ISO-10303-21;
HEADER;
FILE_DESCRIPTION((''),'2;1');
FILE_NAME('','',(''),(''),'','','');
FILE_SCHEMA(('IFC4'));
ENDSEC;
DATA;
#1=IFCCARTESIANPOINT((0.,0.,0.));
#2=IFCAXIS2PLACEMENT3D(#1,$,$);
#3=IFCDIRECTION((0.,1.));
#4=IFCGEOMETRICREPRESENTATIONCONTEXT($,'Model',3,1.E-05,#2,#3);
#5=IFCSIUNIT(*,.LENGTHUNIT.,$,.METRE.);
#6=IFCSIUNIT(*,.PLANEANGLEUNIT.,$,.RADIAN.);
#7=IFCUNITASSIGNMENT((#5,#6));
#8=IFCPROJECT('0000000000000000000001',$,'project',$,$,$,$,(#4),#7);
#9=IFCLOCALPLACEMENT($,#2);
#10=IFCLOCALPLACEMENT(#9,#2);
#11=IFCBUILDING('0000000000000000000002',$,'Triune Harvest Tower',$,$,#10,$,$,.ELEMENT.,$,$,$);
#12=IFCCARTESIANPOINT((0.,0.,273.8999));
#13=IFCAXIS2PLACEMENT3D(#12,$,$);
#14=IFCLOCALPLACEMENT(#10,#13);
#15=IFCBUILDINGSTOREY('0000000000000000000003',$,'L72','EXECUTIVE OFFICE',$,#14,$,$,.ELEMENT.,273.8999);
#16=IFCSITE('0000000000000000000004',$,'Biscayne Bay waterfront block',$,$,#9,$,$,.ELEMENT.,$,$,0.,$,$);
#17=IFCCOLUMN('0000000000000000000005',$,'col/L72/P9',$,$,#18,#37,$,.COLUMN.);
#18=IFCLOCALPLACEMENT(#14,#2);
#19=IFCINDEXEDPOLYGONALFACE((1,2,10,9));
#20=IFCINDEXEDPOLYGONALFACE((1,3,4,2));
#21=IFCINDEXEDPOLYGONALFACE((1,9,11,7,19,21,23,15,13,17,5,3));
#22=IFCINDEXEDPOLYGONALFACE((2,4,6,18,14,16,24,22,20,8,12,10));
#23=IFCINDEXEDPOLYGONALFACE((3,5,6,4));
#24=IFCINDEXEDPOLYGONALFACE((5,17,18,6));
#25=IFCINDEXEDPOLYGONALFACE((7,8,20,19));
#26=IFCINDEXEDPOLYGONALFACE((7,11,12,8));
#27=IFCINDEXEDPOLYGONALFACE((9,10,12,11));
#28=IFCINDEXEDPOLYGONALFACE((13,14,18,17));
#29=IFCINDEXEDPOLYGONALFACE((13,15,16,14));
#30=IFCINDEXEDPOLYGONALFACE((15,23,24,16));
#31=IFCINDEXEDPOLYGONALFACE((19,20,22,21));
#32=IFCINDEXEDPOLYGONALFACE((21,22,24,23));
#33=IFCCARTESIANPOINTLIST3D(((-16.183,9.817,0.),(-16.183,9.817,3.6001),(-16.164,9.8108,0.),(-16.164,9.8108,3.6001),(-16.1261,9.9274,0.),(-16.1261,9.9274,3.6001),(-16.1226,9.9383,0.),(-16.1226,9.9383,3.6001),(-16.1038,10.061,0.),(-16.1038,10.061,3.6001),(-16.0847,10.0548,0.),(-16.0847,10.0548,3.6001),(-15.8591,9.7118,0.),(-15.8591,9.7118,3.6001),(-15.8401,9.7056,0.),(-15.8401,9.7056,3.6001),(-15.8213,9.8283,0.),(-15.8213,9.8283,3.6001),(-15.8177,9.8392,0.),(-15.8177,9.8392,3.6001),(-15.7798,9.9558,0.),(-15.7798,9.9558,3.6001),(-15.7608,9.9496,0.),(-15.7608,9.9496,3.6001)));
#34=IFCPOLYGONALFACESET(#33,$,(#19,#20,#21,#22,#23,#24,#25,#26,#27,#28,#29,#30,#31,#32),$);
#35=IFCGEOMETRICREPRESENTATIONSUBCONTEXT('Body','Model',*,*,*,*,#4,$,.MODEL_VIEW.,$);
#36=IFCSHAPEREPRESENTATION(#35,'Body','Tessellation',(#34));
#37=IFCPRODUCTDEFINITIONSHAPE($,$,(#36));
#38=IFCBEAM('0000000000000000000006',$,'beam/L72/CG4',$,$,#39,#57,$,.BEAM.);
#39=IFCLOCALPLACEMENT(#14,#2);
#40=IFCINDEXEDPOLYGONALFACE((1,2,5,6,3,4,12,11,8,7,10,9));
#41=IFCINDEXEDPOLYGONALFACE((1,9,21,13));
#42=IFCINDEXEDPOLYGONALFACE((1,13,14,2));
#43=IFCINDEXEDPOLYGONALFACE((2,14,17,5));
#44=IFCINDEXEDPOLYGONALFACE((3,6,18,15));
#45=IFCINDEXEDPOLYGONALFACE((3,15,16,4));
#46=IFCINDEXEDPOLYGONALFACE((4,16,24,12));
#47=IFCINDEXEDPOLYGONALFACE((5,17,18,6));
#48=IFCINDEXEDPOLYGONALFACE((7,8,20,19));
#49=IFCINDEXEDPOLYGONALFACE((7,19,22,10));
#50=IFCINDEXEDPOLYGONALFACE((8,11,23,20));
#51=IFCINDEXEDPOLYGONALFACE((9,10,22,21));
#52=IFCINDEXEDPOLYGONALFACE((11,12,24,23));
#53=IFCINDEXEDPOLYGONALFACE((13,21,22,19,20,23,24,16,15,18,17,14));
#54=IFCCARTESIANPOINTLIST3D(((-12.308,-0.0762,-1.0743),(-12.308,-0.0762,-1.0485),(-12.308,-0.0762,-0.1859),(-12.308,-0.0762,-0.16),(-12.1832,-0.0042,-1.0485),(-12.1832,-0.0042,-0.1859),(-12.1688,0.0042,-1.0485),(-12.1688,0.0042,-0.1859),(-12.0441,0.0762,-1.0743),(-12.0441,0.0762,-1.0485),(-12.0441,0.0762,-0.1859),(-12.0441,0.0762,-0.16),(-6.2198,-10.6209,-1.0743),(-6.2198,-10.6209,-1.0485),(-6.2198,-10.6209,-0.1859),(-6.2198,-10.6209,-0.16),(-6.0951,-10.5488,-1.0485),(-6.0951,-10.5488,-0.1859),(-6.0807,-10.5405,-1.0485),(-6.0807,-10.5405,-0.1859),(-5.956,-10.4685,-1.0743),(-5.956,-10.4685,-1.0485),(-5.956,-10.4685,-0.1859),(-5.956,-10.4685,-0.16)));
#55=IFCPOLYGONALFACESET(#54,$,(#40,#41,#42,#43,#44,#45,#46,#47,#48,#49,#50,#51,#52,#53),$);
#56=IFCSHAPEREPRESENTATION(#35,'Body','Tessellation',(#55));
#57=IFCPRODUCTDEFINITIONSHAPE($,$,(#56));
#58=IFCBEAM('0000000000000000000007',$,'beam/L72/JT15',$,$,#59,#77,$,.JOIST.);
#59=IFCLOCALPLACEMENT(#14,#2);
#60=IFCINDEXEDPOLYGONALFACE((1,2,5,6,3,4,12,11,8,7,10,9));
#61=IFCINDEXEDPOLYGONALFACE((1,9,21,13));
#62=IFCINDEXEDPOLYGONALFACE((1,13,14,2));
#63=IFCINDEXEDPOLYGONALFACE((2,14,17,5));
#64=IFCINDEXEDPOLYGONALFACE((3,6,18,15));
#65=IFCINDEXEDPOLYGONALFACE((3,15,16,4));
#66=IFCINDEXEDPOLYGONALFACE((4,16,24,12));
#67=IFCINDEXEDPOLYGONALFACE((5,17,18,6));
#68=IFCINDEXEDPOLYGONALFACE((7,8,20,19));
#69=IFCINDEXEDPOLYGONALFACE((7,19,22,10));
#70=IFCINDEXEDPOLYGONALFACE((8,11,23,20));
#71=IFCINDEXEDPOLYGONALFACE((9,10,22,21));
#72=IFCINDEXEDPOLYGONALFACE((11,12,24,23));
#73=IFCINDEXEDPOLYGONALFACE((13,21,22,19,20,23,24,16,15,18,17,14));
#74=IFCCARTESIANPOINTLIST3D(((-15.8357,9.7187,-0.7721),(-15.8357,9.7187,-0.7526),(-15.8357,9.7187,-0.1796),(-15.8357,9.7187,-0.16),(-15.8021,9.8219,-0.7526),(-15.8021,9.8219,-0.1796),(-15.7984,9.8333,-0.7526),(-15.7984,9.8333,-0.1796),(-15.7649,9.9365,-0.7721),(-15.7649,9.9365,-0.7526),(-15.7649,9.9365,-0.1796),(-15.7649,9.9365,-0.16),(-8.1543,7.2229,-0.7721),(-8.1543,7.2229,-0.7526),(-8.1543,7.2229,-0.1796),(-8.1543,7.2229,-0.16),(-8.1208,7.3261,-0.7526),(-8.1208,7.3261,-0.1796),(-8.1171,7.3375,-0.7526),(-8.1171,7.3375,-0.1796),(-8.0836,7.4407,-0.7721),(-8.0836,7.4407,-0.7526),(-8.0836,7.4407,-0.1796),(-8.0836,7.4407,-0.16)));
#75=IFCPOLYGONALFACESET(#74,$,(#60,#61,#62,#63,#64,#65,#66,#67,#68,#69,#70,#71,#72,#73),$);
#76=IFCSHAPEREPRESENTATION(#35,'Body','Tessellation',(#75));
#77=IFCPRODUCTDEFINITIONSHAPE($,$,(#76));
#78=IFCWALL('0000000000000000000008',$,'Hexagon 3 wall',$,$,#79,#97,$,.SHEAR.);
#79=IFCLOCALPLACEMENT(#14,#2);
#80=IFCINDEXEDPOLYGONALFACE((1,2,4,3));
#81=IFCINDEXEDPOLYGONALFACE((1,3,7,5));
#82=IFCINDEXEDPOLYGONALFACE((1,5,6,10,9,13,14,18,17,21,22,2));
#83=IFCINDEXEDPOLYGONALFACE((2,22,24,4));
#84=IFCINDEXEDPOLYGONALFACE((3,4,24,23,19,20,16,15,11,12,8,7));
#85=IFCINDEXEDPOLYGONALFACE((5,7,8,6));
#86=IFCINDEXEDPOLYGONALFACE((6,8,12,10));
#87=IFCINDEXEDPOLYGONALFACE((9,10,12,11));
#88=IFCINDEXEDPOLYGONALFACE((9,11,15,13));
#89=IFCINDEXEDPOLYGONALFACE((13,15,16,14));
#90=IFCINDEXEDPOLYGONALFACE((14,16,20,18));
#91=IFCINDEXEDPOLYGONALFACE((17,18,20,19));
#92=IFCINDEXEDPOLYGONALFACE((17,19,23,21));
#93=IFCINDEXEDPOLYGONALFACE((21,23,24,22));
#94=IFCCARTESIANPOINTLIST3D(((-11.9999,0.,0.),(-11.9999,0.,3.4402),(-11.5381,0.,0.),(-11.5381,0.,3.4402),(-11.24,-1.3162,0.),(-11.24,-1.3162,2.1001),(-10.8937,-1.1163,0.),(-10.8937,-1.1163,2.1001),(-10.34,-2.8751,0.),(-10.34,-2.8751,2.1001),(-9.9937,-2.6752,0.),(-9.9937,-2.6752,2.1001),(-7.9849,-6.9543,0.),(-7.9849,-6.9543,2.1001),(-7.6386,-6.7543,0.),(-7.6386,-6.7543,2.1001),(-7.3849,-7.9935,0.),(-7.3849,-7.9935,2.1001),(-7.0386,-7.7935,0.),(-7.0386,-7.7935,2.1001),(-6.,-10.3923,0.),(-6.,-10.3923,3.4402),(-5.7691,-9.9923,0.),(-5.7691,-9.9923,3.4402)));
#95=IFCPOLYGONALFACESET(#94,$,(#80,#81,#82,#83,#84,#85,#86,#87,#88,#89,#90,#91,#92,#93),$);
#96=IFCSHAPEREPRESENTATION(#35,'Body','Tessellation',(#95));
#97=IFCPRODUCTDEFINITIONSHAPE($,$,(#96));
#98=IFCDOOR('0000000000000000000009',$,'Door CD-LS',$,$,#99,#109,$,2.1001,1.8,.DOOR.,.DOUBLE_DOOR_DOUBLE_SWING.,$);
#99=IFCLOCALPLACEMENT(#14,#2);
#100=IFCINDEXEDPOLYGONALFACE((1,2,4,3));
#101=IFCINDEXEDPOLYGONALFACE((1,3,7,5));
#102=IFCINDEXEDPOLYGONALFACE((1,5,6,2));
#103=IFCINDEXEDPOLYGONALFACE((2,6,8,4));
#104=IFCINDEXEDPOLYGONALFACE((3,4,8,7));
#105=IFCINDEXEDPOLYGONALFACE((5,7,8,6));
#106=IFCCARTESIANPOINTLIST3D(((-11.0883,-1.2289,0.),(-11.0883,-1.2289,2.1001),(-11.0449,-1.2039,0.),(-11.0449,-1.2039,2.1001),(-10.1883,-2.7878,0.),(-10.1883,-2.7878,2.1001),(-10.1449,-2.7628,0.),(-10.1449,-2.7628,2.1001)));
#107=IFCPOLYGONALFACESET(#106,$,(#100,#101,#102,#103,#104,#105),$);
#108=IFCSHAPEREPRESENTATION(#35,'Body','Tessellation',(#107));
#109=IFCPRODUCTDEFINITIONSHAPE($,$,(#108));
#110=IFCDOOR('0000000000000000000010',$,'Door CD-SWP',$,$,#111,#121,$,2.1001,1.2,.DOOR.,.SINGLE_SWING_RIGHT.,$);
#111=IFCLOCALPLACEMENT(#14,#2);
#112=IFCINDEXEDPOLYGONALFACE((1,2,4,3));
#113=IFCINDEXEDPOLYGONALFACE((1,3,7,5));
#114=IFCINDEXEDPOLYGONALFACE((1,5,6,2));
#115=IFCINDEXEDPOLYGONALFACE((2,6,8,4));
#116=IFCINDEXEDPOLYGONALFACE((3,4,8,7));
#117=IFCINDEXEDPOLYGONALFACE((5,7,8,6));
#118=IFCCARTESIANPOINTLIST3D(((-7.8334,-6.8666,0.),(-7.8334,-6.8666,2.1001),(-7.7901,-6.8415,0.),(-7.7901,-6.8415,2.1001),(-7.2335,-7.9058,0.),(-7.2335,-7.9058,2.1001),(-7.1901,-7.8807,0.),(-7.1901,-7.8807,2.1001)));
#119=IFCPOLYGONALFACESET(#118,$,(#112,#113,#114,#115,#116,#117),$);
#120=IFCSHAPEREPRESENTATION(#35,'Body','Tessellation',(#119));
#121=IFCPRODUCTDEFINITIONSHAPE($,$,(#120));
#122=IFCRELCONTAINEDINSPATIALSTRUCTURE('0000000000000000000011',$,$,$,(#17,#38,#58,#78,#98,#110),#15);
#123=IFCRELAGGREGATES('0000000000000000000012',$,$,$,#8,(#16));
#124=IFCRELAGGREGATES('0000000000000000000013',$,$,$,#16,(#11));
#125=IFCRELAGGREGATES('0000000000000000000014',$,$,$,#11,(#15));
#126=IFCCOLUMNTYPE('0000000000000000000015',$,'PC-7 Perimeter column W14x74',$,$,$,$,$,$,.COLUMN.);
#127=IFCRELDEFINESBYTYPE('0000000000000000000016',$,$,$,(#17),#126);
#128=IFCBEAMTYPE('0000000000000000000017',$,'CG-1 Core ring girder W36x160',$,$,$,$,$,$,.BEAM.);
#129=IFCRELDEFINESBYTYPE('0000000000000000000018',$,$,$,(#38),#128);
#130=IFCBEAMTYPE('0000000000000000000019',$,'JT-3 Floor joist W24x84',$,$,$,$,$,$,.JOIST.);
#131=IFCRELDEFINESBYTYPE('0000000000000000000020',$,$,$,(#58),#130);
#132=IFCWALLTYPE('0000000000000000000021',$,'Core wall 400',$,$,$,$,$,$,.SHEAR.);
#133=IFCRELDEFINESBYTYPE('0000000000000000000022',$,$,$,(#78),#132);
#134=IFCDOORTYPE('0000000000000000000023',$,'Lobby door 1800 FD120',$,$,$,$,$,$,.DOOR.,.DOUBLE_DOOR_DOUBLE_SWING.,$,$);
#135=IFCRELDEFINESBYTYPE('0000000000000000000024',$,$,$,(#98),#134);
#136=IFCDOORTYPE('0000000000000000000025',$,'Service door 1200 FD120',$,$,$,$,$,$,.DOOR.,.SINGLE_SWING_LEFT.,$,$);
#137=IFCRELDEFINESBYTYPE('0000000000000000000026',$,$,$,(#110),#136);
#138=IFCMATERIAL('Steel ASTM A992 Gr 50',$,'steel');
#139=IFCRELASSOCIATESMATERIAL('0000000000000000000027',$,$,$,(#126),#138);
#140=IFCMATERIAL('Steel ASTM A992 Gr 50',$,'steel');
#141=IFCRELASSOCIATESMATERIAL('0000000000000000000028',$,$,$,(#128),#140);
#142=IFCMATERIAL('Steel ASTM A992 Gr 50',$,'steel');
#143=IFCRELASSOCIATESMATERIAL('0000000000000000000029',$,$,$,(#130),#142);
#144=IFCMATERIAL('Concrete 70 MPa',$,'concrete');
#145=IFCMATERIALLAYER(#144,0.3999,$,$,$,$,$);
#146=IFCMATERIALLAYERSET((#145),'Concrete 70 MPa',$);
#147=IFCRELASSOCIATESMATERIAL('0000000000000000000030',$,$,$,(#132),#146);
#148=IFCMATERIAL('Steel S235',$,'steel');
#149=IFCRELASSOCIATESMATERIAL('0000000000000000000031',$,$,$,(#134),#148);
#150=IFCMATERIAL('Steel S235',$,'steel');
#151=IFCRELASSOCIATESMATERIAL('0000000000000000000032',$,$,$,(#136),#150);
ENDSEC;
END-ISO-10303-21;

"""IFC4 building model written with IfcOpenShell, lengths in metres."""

from ifc_helpers import new_model, si_unit, direction, frame, frame_2d, origin, origin_2d, place, context, subcontext, project, spatial, polyline, rectangle, i_section, outline, extrude, source, transform, mapped, material, layer, layer_set, material_profile, profile_set, type_object, element, fill, save


model = new_model("IFC4")

# Units and contexts
model_context = context("Model", 3, precision=1e-05, world=origin(), true_north=direction((0.0, 1.0)))
body_context = subcontext(model_context, "Body", "Model", "MODEL_VIEW")
ifc_project = project(units=[si_unit("LENGTHUNIT", "METRE"), si_unit("PLANEANGLEUNIT", "RADIAN")], contexts=[model_context])

# Site, building, storey
site_placement = place(None, origin())
site = spatial("IfcSite", under=ifc_project, at=site_placement, Name="Biscayne Bay waterfront block", CompositionType="ELEMENT", RefElevation=0.0)
building_placement = place(site_placement, origin())
building = spatial("IfcBuilding", under=site, at=building_placement, Name="Triune Harvest Tower", CompositionType="ELEMENT")
storey_placement = place(building_placement, frame((0.0, 0.0, 273.8999)))
storey = spatial("IfcBuildingStorey", under=building, at=storey_placement, Name="L72", Description="EXECUTIVE OFFICE", CompositionType="ELEMENT", Elevation=273.8999)

# Column
ifc_material_1 = material(Name="Steel ASTM A992 Gr 50", Category="steel")
ifc_material_profile_1 = material_profile(ifc_material_1, i_section(OverallWidth=0.2566, OverallDepth=0.3606, WebThickness=0.0115, FlangeThickness=0.02, at=origin_2d()), Name="W14x74")
ifc_profile_set_1 = profile_set([ifc_material_profile_1], Name="Steel ASTM A992 Gr 50")
column_type = type_object("IfcColumnType", Name="PC-7 Perimeter column W14x74", PredefinedType="COLUMN", material=ifc_profile_set_1)
shared_shape_1 = source(origin(), body_context, "Body", "SweptSolid", [
    extrude(i_section(OverallWidth=0.2566, OverallDepth=0.3606, WebThickness=0.0115, FlangeThickness=0.02, at=origin_2d()), origin(), (0.0, 0.0, 1.0), 3.6001),
])
column_placement = place(storey_placement, frame((-15.9719, 9.8833, 0.0), z_axis=(0.0, 0.0, 1.0), x_axis=(-0.309015, -0.951057, 0.0)))
element("IfcColumn", 1, at=column_placement, inside=storey, type_object=column_type, Name="col/L72/P9", PredefinedType="COLUMN", context=body_context, shape_type="MappedRepresentation", body=[
    mapped(shared_shape_1, transform((0.0, 0.0, 0.0), scale=1.0)),
])

# Beams
ifc_material_2 = material(Name="Steel ASTM A992 Gr 50", Category="steel")
ifc_material_profile_2 = material_profile(ifc_material_2, i_section(OverallWidth=0.3047, OverallDepth=0.9143, WebThickness=0.0166, FlangeThickness=0.0259, at=origin_2d()), Name="W36x160")
ifc_profile_set_2 = profile_set([ifc_material_profile_2], Name="Steel ASTM A992 Gr 50")
beam_type_1 = type_object("IfcBeamType", Name="CG-1 Core ring girder W36x160", PredefinedType="BEAM", material=ifc_profile_set_2)
shared_shape_2 = source(origin(), body_context, "Body", "SweptSolid", [
    extrude(i_section(OverallWidth=0.3047, OverallDepth=0.9143, WebThickness=0.0166, FlangeThickness=0.0259, at=origin_2d()), origin(), (0.0, 0.0, 1.0), 12.176),
])
beam_1_placement = place(storey_placement, frame((-12.176, 0.0, -0.6172), z_axis=(0.50001, -0.86602, 0.0), x_axis=(0.86602, 0.50001, 0.0)))
element("IfcBeam", 2, at=beam_1_placement, inside=storey, type_object=beam_type_1, Name="beam/L72/CG4", PredefinedType="BEAM", context=body_context, shape_type="MappedRepresentation", body=[
    mapped(shared_shape_2, transform((0.0, 0.0, 0.0), scale=1.0)),
])
ifc_material_3 = material(Name="Steel ASTM A992 Gr 50", Category="steel")
ifc_material_profile_3 = material_profile(ifc_material_3, i_section(OverallWidth=0.229, OverallDepth=0.6121, WebThickness=0.012, FlangeThickness=0.0195, at=origin_2d()), Name="W24x84")
ifc_profile_set_3 = profile_set([ifc_material_profile_3], Name="Steel ASTM A992 Gr 50")
beam_type_2 = type_object("IfcBeamType", Name="JT-3 Floor joist W24x84", PredefinedType="JOIST", material=ifc_profile_set_3)
shared_shape_3 = source(origin(), body_context, "Body", "SweptSolid", [
    extrude(i_section(OverallWidth=0.229, OverallDepth=0.6121, WebThickness=0.012, FlangeThickness=0.0195, at=origin_2d()), origin(), (0.0, 0.0, 1.0), 8.0767),
])
beam_2_placement = place(storey_placement, frame((-15.8003, 9.8276, -0.4661), z_axis=(0.951056, -0.309018, 0.0), x_axis=(0.309018, 0.951056, 0.0)))
element("IfcBeam", 3, at=beam_2_placement, inside=storey, type_object=beam_type_2, Name="beam/L72/JT15", PredefinedType="JOIST", context=body_context, shape_type="MappedRepresentation", body=[
    mapped(shared_shape_3, transform((0.0, 0.0, 0.0), scale=1.0)),
])

# Wall, openings, doors
ifc_material_4 = material(Name="Concrete 70 MPa", Category="concrete")
ifc_layer_1 = layer(ifc_material_4, 0.3999)
ifc_layer_set_1 = layer_set([ifc_layer_1], Name="Concrete 70 MPa")
wall_type_1 = type_object("IfcWallType", Name="Core wall 400", PredefinedType="SHEAR", material=ifc_layer_set_1)
shared_shape_4 = source(origin(), body_context, "Body", "SweptSolid", [
    extrude(outline(polyline([(-0.1155, -0.2), (11.8845, -0.2), (11.6536, 0.2), (0.1155, 0.2), (-0.1155, -0.2)])), origin(), (0.0, 0.0, 1.0), 3.4402),
])
wall_1_placement = place(storey_placement, frame((-11.769, 0.0, 0.0), z_axis=(0.0, 0.0, 1.0), x_axis=(0.499997, -0.866027, 0.0)))
wall_1 = element("IfcWall", 4, at=wall_1_placement, inside=storey, type_object=wall_type_1, Name="Hexagon 3 wall", PredefinedType="SHEAR", context=body_context, shape_type="MappedRepresentation", body=[
    mapped(shared_shape_4, transform((0.0, 0.0, 0.0), scale=1.0)),
])
opening_1_placement = place(wall_1_placement, frame((1.4045, 0.0, 0.0)))
opening_1 = element("IfcOpeningElement", 5, at=opening_1_placement, cuts=wall_1, PredefinedType="OPENING", context=body_context, shape_type="SweptSolid", body=[
    extrude(rectangle(XDim=1.8, YDim=2.1001, at=frame_2d((0.8999, 1.05))), frame((0.0, 0.21, 0.0), z_axis=(0.0, -1.0, 0.0), x_axis=(1.0, 0.0, 0.0)), (0.0, 0.0, 1.0), 0.4199),
])
opening_2_placement = place(wall_1_placement, frame((7.9146, 0.0, 0.0)))
opening_2 = element("IfcOpeningElement", 6, at=opening_2_placement, cuts=wall_1, PredefinedType="OPENING", context=body_context, shape_type="SweptSolid", body=[
    extrude(rectangle(XDim=1.2, YDim=2.1001, at=frame_2d((0.6001, 1.05))), frame((0.0, 0.21, 0.0), z_axis=(0.0, -1.0, 0.0), x_axis=(1.0, 0.0, 0.0)), (0.0, 0.0, 1.0), 0.4199),
])
ifc_material_5 = material(Name="Steel S235", Category="steel")
door_type_1 = type_object("IfcDoorType", Name="Lobby door 1800 FD120", OperationType="DOUBLE_DOOR_DOUBLE_SWING", PredefinedType="DOOR", material=ifc_material_5)
door_1_placement = place(opening_1_placement, frame((1.8, 0.0, 0.0), z_axis=(0.0, 0.0, 1.0), x_axis=(-1.0, 0.0, 0.0)))
door_1 = element("IfcDoor", 7, at=door_1_placement, inside=storey, type_object=door_type_1, Name="Door CD-LS", OperationType="DOUBLE_DOOR_DOUBLE_SWING", OverallHeight=2.1001, OverallWidth=1.8, PredefinedType="DOOR", context=body_context, shape_type="SweptSolid", body=[
    extrude(rectangle(XDim=1.8, YDim=2.1001, at=frame_2d((0.8999, 1.05))), frame((0.0, 0.0249, 0.0), z_axis=(0.0, -1.0, 0.0), x_axis=(1.0, 0.0, 0.0)), (0.0, 0.0, 1.0), 0.05),
])
fill(opening_1, door_1)
ifc_material_6 = material(Name="Steel S235", Category="steel")
door_type_2 = type_object("IfcDoorType", Name="Service door 1200 FD120", OperationType="SINGLE_SWING_LEFT", PredefinedType="DOOR", material=ifc_material_6)
door_2_placement = place(opening_2_placement, frame((1.2, 0.0, 0.0), z_axis=(0.0, 0.0, 1.0), x_axis=(-1.0, 0.0, 0.0)))
door_2 = element("IfcDoor", 8, at=door_2_placement, inside=storey, type_object=door_type_2, Name="Door CD-SWP", OperationType="SINGLE_SWING_RIGHT", OverallHeight=2.1001, OverallWidth=1.2, PredefinedType="DOOR", context=body_context, shape_type="SweptSolid", body=[
    extrude(rectangle(XDim=1.2, YDim=2.1001, at=frame_2d((0.6001, 1.05))), frame((0.0, 0.0249, 0.0), z_axis=(0.0, -1.0, 0.0), x_axis=(1.0, 0.0, 0.0)), (0.0, 0.0, 1.0), 0.05),
])
fill(opening_2, door_2)

save(model, "model.ifc")
